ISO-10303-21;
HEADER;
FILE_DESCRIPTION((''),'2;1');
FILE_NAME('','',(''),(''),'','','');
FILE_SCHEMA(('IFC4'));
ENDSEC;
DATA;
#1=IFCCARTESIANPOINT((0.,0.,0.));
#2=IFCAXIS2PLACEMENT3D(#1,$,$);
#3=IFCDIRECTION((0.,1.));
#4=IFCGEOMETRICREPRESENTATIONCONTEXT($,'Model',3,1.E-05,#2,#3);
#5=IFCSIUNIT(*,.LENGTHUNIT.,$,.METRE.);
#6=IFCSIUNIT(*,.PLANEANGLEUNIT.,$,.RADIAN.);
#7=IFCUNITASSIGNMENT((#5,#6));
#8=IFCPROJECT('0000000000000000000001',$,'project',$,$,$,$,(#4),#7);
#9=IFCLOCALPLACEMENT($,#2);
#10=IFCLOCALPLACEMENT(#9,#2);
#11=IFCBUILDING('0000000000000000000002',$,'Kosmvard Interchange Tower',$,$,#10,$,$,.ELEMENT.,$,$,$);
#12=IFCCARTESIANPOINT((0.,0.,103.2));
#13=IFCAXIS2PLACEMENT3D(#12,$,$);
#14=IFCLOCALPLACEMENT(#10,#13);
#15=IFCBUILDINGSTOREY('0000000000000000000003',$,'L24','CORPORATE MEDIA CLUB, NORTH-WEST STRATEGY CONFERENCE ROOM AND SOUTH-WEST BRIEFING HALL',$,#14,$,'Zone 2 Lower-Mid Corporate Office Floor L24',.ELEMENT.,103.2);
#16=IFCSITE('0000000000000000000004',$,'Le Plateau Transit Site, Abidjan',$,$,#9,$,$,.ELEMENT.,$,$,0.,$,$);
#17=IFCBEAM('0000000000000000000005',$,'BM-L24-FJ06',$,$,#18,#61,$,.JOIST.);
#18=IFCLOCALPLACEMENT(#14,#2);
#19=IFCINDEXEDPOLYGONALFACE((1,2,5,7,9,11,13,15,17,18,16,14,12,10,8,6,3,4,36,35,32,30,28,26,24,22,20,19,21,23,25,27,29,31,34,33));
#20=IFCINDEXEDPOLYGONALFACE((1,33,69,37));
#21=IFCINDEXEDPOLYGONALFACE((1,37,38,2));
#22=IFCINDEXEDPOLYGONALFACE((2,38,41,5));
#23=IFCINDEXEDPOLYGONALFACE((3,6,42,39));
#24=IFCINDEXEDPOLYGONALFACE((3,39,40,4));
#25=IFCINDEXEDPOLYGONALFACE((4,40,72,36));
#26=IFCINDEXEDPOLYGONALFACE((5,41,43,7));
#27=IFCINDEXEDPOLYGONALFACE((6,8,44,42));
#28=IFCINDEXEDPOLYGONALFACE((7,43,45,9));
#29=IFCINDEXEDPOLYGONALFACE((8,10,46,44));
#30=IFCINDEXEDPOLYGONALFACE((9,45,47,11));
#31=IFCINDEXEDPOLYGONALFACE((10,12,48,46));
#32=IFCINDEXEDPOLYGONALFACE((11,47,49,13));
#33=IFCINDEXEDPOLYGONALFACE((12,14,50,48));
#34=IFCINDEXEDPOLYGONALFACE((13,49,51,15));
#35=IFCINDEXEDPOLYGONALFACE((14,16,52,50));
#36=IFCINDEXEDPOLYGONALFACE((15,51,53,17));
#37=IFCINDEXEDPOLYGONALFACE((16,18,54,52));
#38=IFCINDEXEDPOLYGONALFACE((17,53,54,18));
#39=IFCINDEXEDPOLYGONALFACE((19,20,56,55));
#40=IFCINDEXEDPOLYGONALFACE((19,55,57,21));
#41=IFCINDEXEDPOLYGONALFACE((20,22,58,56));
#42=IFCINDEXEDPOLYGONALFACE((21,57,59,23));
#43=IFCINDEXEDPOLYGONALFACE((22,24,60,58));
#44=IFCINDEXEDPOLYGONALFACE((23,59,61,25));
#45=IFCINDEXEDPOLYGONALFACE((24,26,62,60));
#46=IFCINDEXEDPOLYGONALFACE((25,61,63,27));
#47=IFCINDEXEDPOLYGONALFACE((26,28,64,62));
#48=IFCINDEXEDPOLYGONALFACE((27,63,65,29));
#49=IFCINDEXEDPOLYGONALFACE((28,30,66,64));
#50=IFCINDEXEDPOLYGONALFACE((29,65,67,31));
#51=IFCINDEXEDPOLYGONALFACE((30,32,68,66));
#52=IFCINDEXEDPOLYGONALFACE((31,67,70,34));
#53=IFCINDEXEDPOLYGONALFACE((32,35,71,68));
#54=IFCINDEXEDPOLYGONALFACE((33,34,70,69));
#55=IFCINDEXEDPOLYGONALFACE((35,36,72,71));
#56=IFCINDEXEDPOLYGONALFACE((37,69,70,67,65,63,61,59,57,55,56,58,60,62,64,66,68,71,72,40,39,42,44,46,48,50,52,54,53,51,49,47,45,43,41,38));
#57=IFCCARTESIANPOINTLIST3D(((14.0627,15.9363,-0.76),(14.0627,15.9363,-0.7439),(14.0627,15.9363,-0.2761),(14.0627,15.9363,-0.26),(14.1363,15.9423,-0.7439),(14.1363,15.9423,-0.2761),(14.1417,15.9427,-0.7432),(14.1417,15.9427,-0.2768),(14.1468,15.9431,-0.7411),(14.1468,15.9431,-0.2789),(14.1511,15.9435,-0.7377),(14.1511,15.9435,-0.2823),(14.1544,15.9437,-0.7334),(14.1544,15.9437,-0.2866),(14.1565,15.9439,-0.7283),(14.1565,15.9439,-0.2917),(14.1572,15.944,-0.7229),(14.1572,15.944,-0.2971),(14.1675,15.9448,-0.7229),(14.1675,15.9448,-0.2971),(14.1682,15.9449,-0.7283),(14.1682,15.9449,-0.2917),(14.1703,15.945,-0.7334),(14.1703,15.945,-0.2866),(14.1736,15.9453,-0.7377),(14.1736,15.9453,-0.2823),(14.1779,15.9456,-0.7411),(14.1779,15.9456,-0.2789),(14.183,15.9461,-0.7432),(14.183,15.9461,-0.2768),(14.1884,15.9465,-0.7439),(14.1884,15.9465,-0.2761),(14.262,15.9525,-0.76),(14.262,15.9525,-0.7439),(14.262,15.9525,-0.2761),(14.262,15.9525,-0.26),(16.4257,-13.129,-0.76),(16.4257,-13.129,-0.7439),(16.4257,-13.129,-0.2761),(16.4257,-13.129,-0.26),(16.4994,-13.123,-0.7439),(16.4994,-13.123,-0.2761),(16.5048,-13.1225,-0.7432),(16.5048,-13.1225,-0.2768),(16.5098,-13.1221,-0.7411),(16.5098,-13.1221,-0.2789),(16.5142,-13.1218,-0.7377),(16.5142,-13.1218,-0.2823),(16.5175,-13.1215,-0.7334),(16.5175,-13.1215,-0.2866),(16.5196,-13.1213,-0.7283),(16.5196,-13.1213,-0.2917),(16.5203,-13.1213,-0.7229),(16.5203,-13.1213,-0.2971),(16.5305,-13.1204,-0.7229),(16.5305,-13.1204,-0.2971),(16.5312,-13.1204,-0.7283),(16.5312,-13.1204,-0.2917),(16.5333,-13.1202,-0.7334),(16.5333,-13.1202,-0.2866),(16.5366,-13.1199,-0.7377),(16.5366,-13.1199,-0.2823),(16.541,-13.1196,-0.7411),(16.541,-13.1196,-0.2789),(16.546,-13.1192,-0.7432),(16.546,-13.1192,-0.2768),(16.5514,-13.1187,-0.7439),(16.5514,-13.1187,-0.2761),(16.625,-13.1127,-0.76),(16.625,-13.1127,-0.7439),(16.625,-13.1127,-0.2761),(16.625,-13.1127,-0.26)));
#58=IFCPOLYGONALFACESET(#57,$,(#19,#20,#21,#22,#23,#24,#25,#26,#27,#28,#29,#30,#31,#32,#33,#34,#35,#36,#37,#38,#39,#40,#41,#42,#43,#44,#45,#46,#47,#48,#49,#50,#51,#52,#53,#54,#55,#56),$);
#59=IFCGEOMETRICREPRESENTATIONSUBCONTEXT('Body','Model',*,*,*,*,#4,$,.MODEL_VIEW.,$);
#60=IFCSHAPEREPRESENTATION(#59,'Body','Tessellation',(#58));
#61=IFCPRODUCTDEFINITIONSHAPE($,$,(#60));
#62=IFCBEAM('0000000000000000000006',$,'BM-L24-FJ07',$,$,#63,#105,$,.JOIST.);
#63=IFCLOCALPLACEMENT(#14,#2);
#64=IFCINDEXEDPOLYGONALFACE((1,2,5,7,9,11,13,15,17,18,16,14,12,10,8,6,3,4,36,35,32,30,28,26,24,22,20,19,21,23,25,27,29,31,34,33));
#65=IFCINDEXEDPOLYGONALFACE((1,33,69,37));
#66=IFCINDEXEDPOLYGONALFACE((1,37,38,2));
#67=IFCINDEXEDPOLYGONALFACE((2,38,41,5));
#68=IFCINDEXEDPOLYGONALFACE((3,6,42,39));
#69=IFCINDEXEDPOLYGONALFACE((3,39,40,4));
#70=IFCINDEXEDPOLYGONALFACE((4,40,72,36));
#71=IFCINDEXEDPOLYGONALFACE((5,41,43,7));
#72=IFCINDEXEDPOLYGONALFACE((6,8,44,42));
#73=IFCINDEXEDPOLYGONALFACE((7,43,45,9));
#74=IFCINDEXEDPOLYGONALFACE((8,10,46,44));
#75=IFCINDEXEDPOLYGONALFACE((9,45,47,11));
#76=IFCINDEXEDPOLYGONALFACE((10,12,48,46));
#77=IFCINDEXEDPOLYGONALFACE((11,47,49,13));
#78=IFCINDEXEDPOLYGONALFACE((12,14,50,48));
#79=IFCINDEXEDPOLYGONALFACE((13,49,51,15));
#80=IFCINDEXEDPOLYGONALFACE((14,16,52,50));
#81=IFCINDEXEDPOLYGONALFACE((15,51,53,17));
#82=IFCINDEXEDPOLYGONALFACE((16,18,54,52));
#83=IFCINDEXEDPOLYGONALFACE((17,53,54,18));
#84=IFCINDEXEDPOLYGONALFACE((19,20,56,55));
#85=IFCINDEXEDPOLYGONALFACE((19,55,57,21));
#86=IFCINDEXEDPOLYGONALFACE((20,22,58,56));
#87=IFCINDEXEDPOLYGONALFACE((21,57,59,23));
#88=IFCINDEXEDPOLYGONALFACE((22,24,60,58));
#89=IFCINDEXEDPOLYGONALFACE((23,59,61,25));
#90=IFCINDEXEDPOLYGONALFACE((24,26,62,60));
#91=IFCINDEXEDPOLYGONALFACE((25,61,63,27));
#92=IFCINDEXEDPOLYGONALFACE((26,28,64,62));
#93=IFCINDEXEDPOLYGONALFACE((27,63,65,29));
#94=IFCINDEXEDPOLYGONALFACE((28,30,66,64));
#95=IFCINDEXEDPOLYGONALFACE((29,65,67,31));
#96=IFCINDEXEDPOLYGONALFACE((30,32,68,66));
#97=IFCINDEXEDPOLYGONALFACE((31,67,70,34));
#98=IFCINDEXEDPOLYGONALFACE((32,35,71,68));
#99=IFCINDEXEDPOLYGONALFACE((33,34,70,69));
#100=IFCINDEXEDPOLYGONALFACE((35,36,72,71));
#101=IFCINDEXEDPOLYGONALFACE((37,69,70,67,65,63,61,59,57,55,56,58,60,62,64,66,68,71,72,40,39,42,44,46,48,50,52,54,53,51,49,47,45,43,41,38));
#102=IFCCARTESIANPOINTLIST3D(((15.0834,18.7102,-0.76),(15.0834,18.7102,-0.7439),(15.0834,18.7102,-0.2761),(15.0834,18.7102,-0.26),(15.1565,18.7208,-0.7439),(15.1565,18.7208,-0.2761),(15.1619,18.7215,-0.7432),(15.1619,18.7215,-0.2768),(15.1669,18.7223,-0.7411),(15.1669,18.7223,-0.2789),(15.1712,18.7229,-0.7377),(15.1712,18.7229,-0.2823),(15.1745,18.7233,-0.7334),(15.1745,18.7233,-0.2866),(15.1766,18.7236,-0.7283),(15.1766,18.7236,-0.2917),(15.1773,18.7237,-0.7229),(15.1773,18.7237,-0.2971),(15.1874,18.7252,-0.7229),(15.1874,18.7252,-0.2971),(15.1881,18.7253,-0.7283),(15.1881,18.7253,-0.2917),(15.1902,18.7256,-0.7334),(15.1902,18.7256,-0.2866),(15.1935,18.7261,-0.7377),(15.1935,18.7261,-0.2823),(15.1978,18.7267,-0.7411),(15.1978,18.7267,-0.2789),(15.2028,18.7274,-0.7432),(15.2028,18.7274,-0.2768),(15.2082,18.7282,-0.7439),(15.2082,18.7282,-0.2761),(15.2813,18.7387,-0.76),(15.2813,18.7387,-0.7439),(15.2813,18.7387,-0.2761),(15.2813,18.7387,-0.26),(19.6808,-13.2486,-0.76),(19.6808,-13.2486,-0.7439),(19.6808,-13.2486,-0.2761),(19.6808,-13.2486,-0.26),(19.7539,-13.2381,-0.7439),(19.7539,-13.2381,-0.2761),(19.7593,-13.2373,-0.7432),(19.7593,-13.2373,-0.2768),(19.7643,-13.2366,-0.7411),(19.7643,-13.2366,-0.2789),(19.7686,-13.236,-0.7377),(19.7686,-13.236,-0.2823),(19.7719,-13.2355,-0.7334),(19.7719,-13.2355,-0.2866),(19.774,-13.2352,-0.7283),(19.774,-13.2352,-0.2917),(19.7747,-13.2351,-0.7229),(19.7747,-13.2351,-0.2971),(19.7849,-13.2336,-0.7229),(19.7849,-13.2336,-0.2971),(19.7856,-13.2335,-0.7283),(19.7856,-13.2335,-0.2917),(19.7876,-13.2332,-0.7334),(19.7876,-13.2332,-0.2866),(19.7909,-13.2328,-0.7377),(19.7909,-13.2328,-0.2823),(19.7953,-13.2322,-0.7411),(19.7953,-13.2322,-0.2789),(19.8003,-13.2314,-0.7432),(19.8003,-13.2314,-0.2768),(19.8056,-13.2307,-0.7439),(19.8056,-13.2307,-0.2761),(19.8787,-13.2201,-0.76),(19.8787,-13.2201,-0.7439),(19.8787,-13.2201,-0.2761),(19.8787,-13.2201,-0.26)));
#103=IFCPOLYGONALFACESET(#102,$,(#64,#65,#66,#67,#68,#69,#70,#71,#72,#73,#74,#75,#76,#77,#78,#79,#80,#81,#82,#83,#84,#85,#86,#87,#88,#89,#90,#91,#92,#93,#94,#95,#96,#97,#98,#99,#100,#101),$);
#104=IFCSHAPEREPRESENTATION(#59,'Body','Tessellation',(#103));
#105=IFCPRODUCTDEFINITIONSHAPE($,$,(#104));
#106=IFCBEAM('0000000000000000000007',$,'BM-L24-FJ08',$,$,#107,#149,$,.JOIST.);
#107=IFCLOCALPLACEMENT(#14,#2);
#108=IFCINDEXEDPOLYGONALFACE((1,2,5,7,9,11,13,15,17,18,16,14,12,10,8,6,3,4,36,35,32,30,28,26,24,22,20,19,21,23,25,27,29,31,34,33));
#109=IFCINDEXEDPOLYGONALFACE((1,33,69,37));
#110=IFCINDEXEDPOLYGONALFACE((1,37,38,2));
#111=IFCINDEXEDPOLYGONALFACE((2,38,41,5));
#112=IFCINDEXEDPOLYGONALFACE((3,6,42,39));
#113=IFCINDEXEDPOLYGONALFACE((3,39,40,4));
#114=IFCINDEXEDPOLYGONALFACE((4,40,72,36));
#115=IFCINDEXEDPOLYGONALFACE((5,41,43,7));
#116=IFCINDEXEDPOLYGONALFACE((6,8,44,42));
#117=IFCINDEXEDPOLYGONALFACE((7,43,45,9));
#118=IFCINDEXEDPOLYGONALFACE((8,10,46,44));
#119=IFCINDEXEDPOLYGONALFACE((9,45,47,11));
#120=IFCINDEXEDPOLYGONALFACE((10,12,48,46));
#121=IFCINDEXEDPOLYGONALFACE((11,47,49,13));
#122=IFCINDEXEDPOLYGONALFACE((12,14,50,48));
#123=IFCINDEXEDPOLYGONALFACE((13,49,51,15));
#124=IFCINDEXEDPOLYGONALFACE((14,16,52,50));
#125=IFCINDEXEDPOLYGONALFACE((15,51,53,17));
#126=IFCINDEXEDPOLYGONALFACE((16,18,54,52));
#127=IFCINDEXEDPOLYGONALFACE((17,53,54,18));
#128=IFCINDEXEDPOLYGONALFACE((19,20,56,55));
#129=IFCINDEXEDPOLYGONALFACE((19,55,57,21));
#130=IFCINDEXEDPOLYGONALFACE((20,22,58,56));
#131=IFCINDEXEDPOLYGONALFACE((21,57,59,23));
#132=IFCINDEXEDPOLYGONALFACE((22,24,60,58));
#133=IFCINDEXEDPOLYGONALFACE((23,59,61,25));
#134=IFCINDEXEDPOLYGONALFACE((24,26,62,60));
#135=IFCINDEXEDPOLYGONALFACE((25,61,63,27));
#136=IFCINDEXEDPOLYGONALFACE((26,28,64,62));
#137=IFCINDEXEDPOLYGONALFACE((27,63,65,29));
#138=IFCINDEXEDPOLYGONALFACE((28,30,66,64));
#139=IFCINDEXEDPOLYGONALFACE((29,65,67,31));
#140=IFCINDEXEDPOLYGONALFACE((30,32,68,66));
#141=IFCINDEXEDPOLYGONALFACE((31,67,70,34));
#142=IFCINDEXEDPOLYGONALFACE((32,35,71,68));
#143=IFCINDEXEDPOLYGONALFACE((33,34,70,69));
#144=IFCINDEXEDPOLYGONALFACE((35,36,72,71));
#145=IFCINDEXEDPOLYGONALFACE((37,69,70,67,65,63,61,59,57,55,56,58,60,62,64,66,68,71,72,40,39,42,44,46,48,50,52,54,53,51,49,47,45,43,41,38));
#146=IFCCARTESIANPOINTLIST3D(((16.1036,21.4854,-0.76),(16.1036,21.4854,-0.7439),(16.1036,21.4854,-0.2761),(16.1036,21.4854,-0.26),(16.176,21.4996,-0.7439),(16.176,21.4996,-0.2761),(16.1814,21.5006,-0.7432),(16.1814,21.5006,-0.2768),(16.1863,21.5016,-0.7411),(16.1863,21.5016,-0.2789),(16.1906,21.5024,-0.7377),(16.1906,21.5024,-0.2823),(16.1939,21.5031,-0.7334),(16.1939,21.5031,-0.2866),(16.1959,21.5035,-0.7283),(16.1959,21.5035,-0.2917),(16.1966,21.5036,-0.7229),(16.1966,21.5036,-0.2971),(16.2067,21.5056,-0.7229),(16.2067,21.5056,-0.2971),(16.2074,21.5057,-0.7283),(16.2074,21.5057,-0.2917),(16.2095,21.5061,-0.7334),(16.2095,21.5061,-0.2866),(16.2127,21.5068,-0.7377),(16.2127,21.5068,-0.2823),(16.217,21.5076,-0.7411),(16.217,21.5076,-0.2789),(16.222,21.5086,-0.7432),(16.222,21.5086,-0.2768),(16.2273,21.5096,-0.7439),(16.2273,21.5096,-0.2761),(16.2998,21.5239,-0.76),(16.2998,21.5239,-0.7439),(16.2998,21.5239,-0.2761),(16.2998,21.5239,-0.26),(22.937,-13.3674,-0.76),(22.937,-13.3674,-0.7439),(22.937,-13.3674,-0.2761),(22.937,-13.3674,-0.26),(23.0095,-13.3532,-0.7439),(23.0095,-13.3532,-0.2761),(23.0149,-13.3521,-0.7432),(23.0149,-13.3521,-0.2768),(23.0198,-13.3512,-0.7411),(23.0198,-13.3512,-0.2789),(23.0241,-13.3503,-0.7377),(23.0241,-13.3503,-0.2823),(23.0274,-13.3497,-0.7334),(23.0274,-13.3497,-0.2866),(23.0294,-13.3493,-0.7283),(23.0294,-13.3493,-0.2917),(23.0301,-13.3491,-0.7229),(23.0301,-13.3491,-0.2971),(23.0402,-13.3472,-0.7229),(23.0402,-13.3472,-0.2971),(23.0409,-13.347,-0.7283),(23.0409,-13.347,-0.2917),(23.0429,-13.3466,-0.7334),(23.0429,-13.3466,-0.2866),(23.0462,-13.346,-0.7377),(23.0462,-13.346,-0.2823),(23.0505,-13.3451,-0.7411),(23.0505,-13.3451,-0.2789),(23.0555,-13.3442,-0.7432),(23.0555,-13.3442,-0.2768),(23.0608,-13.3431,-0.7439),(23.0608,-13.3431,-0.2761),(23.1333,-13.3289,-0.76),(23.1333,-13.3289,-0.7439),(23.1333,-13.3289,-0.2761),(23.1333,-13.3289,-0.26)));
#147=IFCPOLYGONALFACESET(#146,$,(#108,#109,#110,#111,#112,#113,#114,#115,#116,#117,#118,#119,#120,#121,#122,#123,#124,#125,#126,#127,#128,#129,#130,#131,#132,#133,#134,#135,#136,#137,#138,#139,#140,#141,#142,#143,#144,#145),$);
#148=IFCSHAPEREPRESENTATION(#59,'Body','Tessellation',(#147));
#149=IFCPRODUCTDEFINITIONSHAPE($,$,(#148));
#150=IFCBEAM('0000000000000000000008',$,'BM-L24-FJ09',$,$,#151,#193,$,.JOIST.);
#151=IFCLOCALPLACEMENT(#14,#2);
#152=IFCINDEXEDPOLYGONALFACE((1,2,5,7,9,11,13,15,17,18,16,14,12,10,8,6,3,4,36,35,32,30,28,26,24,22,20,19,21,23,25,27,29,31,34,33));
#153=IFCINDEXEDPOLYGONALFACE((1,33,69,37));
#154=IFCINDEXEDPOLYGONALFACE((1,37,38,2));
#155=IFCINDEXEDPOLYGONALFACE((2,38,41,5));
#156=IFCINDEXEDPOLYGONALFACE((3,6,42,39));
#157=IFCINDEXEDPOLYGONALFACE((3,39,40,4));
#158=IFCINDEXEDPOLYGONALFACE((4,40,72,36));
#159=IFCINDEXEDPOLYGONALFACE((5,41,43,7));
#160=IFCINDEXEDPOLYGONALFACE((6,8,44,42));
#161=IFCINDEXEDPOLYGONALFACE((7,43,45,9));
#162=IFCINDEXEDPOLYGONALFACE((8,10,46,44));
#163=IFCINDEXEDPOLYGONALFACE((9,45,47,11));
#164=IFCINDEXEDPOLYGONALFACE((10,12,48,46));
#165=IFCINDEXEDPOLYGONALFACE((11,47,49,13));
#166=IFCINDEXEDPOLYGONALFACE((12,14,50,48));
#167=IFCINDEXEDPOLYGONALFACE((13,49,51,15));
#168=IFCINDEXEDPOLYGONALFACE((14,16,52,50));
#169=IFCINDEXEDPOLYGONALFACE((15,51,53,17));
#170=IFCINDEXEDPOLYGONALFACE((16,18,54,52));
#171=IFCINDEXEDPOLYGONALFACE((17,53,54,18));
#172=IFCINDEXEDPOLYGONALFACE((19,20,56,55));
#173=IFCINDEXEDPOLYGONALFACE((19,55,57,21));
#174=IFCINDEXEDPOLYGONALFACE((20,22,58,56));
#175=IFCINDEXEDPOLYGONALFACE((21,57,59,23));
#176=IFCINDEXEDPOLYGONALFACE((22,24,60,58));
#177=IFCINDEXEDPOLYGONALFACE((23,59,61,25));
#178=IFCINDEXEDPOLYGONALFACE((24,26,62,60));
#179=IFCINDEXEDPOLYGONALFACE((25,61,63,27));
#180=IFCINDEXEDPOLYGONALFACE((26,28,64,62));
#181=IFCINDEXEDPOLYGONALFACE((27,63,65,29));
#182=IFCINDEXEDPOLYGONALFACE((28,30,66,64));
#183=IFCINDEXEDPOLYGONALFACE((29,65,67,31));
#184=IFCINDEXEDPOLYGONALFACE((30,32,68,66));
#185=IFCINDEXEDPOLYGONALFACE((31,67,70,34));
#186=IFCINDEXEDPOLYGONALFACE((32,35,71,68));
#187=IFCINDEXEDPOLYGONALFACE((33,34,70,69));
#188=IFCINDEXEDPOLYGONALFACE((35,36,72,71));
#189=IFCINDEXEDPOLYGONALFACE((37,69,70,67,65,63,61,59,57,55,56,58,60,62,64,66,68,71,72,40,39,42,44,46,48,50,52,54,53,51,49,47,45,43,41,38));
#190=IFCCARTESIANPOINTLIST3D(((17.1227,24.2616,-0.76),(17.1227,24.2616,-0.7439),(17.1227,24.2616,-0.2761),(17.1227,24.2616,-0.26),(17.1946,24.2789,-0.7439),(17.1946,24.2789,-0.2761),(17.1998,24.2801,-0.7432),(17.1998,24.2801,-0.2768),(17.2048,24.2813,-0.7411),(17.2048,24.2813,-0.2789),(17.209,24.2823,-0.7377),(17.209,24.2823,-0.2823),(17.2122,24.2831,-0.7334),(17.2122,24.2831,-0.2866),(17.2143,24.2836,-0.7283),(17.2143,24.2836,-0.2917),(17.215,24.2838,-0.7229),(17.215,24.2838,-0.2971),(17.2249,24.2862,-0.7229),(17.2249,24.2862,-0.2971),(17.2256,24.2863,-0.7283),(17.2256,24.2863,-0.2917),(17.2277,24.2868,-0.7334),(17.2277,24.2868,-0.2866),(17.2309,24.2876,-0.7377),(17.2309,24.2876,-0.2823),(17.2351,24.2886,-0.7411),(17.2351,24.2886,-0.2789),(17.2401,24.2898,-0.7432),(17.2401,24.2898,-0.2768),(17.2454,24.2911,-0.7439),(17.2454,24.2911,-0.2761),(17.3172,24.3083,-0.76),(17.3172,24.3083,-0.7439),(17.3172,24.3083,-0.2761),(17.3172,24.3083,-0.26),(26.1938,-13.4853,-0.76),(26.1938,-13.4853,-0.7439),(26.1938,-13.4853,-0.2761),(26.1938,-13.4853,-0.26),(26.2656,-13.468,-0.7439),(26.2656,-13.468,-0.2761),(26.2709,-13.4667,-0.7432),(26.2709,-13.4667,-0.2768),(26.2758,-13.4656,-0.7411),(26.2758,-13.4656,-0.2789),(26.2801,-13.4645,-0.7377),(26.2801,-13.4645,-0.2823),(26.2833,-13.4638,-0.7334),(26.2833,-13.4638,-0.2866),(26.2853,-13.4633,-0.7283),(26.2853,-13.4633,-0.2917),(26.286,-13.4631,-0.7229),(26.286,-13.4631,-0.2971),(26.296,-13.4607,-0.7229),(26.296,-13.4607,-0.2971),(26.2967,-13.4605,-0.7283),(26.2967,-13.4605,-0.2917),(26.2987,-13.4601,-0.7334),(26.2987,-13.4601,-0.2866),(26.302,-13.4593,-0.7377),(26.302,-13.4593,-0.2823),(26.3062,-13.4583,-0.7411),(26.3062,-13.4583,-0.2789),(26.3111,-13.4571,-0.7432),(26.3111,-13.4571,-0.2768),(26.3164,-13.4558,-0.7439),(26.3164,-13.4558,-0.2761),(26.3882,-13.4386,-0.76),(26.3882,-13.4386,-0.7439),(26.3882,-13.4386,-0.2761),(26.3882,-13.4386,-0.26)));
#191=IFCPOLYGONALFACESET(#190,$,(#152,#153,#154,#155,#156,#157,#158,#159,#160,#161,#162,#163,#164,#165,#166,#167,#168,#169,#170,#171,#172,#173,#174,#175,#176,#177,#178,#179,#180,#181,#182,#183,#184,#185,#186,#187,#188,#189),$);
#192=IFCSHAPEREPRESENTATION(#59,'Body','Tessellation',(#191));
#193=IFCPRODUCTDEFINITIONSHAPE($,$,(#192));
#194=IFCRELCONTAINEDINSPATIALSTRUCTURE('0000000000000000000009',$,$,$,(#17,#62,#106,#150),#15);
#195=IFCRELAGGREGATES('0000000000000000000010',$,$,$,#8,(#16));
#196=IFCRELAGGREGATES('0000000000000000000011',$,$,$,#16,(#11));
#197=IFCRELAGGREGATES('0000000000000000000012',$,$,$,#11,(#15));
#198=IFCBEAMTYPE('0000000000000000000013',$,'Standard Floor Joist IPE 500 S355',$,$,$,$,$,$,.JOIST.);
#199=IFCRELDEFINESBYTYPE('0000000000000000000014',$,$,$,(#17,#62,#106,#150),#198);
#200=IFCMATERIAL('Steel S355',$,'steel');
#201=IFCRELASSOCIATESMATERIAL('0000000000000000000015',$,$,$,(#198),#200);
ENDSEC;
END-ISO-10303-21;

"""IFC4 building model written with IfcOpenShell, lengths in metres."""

from ifc_helpers import new_model, si_unit, direction, frame, origin, origin_2d, place, context, subcontext, project, spatial, i_section, extrude, source, transform, mapped, material, material_profile, profile_set, type_object, element, save


model = new_model("IFC4")

# Units and contexts
model_context = context("Model", 3, precision=1e-05, world=origin(), true_north=direction((0.0, 1.0)))
body_context = subcontext(model_context, "Body", "Model", "MODEL_VIEW")
ifc_project = project(units=[si_unit("LENGTHUNIT", "METRE"), si_unit("PLANEANGLEUNIT", "RADIAN")], contexts=[model_context])

# Site, building, storey
site_placement = place(None, origin())
site = spatial("IfcSite", under=ifc_project, at=site_placement, Name="Le Plateau Transit Site, Abidjan", CompositionType="ELEMENT", RefElevation=0.0)
building_placement = place(site_placement, origin())
building = spatial("IfcBuilding", under=site, at=building_placement, Name="Kosmvard Interchange Tower", CompositionType="ELEMENT")
storey_placement = place(building_placement, frame((0.0, 0.0, 103.2)))
storey = spatial("IfcBuildingStorey", under=building, at=storey_placement, Name="L24", Description="CORPORATE MEDIA CLUB, NORTH-WEST STRATEGY CONFERENCE ROOM AND SOUTH-WEST BRIEFING HALL", LongName="Zone 2 Lower-Mid Corporate Office Floor L24", CompositionType="ELEMENT", Elevation=103.2)

# Beams
ifc_material_1 = material(Name="Steel S355", Category="steel")
ifc_material_profile_1 = material_profile(ifc_material_1, i_section(OverallWidth=0.2, OverallDepth=0.5, WebThickness=0.0103, FlangeThickness=0.0161, FilletRadius=0.021, at=origin_2d()), Name="IPE 500")
ifc_profile_set_1 = profile_set([ifc_material_profile_1], Name="Steel S355")
beam_type_1 = type_object("IfcBeamType", Name="Standard Floor Joist IPE 500 S355", PredefinedType="JOIST", material=ifc_profile_set_1)
shared_shape_1 = source(origin(), body_context, "Body", "SweptSolid", [
    extrude(i_section(OverallWidth=0.2, OverallDepth=0.5, WebThickness=0.0103, FlangeThickness=0.0161, FilletRadius=0.021, at=origin_2d()), origin(), (0.0, 0.0, 1.0), 29.1611),
])
beam_1_placement = place(storey_placement, frame((16.5254, -13.1208, -0.51), z_axis=(-0.081034, 0.996711, 0.0), x_axis=(-0.996711, -0.081034, 0.0)))
element("IfcBeam", 1, at=beam_1_placement, inside=storey, type_object=beam_type_1, Name="BM-L24-FJ06", PredefinedType="JOIST", context=body_context, shape_type="MappedRepresentation", body=[
    mapped(shared_shape_1, transform((0.0, 0.0, 0.0), scale=1.0)),
])
shared_shape_2 = source(origin(), body_context, "Body", "SweptSolid", [
    extrude(i_section(OverallWidth=0.2, OverallDepth=0.5, WebThickness=0.0103, FlangeThickness=0.0161, FilletRadius=0.021, at=origin_2d()), origin(), (0.0, 0.0, 1.0), 32.2878),
])
beam_2_placement = place(storey_placement, frame((19.7798, -13.2344, -0.51), z_axis=(-0.142389, 0.989811, 0.0), x_axis=(-0.989811, -0.142389, 0.0)))
element("IfcBeam", 2, at=beam_2_placement, inside=storey, type_object=beam_type_1, Name="BM-L24-FJ07", PredefinedType="JOIST", context=body_context, shape_type="MappedRepresentation", body=[
    mapped(shared_shape_2, transform((0.0, 0.0, 0.0), scale=1.0)),
])
shared_shape_3 = source(origin(), body_context, "Body", "SweptSolid", [
    extrude(i_section(OverallWidth=0.2, OverallDepth=0.5, WebThickness=0.0103, FlangeThickness=0.0161, FilletRadius=0.021, at=origin_2d()), origin(), (0.0, 0.0, 1.0), 35.5164),
])
beam_3_placement = place(storey_placement, frame((23.0352, -13.3481, -0.51), z_axis=(-0.192404, 0.981316, 0.0), x_axis=(-0.981316, -0.192404, 0.0)))
element("IfcBeam", 3, at=beam_3_placement, inside=storey, type_object=beam_type_1, Name="BM-L24-FJ08", PredefinedType="JOIST", context=body_context, shape_type="MappedRepresentation", body=[
    mapped(shared_shape_3, transform((0.0, 0.0, 0.0), scale=1.0)),
])
shared_shape_4 = source(origin(), body_context, "Body", "SweptSolid", [
    extrude(i_section(OverallWidth=0.2, OverallDepth=0.5, WebThickness=0.0103, FlangeThickness=0.0161, FilletRadius=0.021, at=origin_2d()), origin(), (0.0, 0.0, 1.0), 38.8215),
])
beam_4_placement = place(storey_placement, frame((26.291, -13.4619, -0.51), z_axis=(-0.233661, 0.972318, 0.0), x_axis=(-0.972318, -0.233661, 0.0)))
element("IfcBeam", 4, at=beam_4_placement, inside=storey, type_object=beam_type_1, Name="BM-L24-FJ09", PredefinedType="JOIST", context=body_context, shape_type="MappedRepresentation", body=[
    mapped(shared_shape_4, transform((0.0, 0.0, 0.0), scale=1.0)),
])

save(model, "model.ifc")
